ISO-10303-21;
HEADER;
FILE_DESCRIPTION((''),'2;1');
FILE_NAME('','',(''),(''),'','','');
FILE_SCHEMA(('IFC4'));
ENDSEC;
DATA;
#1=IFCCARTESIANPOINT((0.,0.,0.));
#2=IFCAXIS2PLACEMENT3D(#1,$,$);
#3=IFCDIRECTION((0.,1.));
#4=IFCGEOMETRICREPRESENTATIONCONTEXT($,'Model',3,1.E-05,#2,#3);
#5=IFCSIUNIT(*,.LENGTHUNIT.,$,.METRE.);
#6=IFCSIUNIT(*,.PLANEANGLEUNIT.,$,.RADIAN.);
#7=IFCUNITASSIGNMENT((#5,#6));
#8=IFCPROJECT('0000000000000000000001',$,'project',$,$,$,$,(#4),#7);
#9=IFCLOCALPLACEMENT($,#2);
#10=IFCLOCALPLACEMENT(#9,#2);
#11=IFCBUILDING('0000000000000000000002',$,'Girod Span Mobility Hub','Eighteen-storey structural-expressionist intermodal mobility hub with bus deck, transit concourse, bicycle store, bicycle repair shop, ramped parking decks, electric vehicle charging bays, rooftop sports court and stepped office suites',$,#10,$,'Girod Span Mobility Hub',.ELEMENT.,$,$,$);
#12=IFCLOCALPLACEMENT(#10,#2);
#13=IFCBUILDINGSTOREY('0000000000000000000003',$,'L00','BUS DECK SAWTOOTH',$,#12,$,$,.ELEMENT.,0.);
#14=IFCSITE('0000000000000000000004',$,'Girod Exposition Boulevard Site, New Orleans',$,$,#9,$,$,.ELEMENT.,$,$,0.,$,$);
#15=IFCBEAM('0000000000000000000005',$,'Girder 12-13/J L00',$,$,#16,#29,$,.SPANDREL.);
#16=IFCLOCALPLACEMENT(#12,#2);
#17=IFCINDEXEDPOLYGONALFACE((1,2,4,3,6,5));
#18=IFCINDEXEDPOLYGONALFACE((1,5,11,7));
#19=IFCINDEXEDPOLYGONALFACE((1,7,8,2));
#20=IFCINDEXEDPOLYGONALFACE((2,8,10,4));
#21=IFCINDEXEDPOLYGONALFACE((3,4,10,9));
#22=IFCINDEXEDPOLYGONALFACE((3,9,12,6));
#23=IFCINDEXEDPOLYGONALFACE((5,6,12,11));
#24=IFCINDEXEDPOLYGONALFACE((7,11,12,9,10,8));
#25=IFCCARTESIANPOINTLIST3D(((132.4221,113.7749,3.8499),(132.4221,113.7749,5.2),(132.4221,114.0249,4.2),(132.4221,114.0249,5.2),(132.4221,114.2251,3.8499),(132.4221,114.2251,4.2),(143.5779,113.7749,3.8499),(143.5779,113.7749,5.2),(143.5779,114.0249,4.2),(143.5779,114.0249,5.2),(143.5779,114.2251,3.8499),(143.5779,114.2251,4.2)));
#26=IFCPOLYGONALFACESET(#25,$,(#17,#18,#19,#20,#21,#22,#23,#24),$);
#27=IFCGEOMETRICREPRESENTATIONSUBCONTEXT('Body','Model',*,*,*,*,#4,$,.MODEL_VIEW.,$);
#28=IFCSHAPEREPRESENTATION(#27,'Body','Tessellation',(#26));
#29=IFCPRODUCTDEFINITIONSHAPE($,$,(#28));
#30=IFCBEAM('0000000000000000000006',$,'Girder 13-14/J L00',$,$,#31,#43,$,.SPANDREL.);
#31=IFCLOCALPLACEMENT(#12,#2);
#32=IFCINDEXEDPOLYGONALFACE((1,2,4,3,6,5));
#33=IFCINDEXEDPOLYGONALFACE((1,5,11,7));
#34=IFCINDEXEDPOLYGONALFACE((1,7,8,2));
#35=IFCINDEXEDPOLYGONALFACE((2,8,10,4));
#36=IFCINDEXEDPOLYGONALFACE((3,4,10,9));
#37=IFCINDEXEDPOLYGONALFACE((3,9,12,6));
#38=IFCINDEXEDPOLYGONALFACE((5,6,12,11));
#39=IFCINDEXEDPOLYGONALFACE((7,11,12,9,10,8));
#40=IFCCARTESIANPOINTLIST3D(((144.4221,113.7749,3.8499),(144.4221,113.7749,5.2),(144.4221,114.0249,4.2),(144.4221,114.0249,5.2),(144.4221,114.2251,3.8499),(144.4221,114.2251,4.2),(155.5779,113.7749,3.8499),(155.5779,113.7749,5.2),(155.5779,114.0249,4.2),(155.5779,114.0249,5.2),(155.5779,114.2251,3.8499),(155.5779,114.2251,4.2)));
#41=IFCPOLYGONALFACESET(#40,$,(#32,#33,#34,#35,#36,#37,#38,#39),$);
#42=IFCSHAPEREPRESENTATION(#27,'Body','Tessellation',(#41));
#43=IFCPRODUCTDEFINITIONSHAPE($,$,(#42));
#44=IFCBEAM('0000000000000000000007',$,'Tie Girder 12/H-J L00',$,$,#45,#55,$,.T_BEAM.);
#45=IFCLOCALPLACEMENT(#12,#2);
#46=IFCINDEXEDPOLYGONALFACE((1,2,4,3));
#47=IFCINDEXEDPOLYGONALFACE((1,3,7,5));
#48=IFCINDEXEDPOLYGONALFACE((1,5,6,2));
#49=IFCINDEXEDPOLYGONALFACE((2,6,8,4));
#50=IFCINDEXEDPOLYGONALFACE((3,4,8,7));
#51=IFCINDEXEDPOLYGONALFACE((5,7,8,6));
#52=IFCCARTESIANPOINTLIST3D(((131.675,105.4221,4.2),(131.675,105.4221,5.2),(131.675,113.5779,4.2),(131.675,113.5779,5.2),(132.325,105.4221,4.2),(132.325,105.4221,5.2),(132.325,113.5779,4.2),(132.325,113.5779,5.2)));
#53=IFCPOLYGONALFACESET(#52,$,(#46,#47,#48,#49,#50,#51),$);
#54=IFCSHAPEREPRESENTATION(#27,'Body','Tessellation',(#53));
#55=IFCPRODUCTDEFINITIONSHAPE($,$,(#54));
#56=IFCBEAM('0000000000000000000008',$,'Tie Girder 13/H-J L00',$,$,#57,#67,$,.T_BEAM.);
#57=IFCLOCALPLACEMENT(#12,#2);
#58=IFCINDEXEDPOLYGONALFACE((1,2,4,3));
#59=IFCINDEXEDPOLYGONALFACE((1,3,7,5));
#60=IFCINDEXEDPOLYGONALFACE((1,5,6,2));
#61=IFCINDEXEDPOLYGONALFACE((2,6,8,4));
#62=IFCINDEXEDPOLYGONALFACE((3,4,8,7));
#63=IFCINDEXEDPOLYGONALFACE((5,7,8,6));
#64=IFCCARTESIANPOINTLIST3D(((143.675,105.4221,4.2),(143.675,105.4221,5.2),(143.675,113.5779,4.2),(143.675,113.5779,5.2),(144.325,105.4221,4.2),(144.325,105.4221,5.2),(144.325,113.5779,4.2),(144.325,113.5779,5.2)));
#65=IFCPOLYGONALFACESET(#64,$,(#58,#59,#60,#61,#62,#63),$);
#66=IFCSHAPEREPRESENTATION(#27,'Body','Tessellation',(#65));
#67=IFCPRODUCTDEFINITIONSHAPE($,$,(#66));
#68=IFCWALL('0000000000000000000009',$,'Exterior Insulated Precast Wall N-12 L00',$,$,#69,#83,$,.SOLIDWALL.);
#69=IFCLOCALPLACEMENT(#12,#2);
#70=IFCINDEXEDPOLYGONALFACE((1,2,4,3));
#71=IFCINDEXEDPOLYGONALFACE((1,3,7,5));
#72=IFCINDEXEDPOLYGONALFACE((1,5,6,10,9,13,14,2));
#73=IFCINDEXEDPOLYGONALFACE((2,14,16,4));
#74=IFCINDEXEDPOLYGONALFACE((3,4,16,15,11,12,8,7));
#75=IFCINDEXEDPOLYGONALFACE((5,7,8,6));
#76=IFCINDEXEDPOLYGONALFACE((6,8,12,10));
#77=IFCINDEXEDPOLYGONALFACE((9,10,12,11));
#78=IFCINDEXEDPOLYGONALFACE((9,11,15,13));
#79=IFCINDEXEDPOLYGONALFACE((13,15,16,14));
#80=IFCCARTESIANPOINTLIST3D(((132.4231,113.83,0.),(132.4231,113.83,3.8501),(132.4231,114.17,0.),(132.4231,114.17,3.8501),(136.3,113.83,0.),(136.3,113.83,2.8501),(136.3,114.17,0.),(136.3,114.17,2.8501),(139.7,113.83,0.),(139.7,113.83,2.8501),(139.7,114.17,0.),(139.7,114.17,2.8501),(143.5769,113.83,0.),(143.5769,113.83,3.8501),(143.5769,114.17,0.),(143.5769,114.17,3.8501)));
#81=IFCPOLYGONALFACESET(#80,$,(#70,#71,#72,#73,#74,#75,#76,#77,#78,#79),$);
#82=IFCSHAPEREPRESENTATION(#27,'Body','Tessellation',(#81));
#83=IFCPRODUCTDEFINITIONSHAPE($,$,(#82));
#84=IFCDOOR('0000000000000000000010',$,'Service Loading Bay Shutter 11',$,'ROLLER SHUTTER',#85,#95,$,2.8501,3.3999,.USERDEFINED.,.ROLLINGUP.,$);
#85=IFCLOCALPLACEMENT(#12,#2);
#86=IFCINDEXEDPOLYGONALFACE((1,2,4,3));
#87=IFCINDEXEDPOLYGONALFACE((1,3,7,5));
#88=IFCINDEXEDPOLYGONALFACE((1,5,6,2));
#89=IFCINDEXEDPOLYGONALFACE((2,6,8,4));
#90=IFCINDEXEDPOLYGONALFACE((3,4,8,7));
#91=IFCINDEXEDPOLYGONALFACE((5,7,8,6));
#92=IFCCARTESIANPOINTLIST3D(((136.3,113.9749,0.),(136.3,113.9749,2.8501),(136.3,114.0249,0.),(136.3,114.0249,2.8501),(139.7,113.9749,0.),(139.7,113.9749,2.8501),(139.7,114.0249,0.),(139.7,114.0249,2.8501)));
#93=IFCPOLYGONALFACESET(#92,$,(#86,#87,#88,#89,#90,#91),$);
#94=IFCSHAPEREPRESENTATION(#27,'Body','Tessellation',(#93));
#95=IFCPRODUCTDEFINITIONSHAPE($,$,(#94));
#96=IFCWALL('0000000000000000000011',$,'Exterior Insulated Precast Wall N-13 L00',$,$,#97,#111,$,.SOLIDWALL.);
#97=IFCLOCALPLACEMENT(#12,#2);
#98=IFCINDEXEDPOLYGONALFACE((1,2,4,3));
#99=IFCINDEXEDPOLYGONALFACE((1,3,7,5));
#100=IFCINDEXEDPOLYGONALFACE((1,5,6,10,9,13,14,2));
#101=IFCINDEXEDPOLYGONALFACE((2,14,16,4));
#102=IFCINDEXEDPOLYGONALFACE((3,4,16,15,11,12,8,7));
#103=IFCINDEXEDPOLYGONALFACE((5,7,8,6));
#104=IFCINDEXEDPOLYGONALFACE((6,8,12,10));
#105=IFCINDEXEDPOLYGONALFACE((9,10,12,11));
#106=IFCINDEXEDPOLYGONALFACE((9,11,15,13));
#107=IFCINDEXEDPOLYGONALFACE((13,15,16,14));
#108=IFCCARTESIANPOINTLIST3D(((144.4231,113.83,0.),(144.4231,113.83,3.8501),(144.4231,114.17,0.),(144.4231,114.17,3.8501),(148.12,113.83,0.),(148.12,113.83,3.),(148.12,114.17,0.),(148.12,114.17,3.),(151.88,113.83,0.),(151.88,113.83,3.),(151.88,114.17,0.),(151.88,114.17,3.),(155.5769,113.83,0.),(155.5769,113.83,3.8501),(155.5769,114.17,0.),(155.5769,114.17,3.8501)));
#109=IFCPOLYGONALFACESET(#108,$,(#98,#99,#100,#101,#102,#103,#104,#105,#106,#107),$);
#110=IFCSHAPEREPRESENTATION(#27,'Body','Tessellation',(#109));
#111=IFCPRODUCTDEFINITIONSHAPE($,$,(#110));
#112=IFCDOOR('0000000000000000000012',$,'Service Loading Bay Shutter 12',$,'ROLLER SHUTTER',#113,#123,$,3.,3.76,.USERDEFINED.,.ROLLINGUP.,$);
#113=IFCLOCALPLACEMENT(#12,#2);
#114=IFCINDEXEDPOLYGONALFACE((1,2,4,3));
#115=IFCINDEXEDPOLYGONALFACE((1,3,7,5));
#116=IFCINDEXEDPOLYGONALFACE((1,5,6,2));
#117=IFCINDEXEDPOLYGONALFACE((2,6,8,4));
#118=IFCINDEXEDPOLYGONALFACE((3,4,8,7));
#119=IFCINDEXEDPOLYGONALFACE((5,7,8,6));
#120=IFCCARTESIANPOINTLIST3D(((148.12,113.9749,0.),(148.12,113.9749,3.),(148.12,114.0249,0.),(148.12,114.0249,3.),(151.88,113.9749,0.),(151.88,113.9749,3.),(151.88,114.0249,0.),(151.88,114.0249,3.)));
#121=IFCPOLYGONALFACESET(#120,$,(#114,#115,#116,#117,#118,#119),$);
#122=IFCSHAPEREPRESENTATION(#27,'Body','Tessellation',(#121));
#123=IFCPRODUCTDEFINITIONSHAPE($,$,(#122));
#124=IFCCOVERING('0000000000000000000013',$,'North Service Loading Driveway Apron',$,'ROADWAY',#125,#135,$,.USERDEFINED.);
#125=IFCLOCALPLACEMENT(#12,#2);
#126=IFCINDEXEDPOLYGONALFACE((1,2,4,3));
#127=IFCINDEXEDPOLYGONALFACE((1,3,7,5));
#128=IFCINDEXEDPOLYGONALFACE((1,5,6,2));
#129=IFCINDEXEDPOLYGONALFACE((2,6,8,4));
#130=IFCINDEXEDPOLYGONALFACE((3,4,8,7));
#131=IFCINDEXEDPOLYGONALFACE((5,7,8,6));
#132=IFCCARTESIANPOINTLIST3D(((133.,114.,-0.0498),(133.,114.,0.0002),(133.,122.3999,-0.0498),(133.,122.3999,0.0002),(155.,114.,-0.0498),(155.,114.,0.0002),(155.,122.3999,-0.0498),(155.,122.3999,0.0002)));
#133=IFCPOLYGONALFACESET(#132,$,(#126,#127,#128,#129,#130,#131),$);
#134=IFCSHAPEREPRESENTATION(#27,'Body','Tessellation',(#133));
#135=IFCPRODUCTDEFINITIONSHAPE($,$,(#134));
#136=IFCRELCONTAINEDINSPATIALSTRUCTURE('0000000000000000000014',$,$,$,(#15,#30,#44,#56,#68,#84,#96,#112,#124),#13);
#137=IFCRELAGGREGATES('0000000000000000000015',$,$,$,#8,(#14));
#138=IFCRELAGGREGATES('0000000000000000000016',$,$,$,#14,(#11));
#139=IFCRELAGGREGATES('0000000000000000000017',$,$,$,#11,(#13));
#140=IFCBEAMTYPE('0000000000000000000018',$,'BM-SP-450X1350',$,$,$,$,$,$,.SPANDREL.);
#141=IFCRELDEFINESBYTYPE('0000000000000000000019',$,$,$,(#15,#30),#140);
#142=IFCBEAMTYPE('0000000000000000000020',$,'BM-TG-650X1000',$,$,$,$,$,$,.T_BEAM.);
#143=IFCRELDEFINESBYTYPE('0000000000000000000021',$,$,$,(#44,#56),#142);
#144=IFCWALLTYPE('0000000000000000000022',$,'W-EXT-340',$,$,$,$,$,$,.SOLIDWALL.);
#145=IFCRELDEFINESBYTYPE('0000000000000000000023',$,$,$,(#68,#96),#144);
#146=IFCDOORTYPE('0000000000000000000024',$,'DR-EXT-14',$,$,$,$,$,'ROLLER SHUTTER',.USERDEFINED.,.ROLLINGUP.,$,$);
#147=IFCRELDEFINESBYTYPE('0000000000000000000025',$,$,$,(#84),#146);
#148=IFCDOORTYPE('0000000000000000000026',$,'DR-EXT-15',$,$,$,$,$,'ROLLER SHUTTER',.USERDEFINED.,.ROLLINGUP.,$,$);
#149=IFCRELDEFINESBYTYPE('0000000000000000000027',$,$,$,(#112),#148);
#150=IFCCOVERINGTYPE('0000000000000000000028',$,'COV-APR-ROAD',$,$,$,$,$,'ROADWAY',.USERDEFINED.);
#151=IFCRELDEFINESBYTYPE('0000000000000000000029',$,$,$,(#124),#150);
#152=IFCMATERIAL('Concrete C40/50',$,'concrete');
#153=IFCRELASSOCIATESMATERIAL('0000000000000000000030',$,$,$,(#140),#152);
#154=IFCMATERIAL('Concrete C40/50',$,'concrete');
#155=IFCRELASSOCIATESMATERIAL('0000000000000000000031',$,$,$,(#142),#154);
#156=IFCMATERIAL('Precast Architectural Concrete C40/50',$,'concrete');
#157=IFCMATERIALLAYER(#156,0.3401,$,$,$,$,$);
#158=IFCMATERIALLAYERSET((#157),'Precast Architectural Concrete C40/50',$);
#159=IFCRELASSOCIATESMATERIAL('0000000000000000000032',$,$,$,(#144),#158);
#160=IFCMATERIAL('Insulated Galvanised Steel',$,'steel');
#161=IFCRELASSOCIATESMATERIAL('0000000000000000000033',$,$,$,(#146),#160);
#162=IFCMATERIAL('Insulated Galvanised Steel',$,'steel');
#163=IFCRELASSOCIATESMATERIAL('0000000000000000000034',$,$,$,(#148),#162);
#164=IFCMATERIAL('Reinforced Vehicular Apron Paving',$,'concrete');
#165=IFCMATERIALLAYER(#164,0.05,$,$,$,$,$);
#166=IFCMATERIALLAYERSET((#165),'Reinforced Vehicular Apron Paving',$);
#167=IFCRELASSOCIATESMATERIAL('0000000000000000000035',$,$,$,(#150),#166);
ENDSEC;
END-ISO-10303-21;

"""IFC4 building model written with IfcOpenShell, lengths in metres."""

from ifc_helpers import new_model, si_unit, direction, frame, frame_2d, origin, origin_2d, place, context, subcontext, project, spatial, polyline, rectangle, outline, extrude, material, layer, layer_set, material_profile, profile_set, type_object, element, fill, save


model = new_model("IFC4")

# Units and contexts
model_context = context("Model", 3, precision=1e-05, world=origin(), true_north=direction((0.0, 1.0)))
body_context = subcontext(model_context, "Body", "Model", "MODEL_VIEW")
ifc_project = project(units=[si_unit("LENGTHUNIT", "METRE"), si_unit("PLANEANGLEUNIT", "RADIAN")], contexts=[model_context])

# Site, building, storey
site_placement = place(None, origin())
site = spatial("IfcSite", under=ifc_project, at=site_placement, Name="Girod Exposition Boulevard Site, New Orleans", CompositionType="ELEMENT", RefElevation=0.0)
building_placement = place(site_placement, origin())
building = spatial("IfcBuilding", under=site, at=building_placement, Name="Girod Span Mobility Hub", Description="Eighteen-storey structural-expressionist intermodal mobility hub with bus deck, transit concourse, bicycle store, bicycle repair shop, ramped parking decks, electric vehicle charging bays, rooftop sports court and stepped office suites", LongName="Girod Span Mobility Hub", CompositionType="ELEMENT")
storey_placement = place(building_placement, origin())
storey = spatial("IfcBuildingStorey", under=building, at=storey_placement, Name="L00", Description="BUS DECK SAWTOOTH", CompositionType="ELEMENT", Elevation=0.0)

# Beams
ifc_material_1 = material(Name="Concrete C40/50", Category="concrete")
ifc_material_profile_1 = material_profile(ifc_material_1, outline(polyline([(-0.2251, -0.675), (0.2251, -0.675), (0.2251, -0.325), (0.0249, -0.325), (0.0249, 0.675), (-0.2251, 0.675), (-0.2251, -0.675)])), Name="SP-450X1350")
ifc_profile_set_1 = profile_set([ifc_material_profile_1], Name="Concrete C40/50")
beam_type_1 = type_object("IfcBeamType", Name="BM-SP-450X1350", PredefinedType="SPANDREL", material=ifc_profile_set_1)
for number, where, z_axis, x_axis, name in (
    (1, (132.4221, 114.0, 4.5249), (1.0, 0.0, 0.0), (0.0, 1.0, 0.0), "Girder 12-13/J L00"),
    (2, (144.4221, 114.0, 4.5249), (1.0, 0.0, 0.0), (0.0, 1.0, 0.0), "Girder 13-14/J L00"),
):
    element("IfcBeam", number, at=place(storey_placement, frame(where, z_axis=z_axis, x_axis=x_axis)), inside=storey, type_object=beam_type_1, Name=name, PredefinedType="SPANDREL", context=body_context, shape_type="SweptSolid", body=[
        extrude(outline(polyline([(-0.2251, -0.675), (0.2251, -0.675), (0.2251, -0.325), (0.0249, -0.325), (0.0249, 0.675), (-0.2251, 0.675), (-0.2251, -0.675)])), origin(), (0.0, 0.0, 1.0), 11.1558),
    ])
ifc_material_2 = material(Name="Concrete C40/50", Category="concrete")
ifc_material_profile_2 = material_profile(ifc_material_2, rectangle(XDim=0.6499, YDim=1.0, at=origin_2d()), Name="TG-650X1000")
ifc_profile_set_2 = profile_set([ifc_material_profile_2], Name="Concrete C40/50")
beam_type_2 = type_object("IfcBeamType", Name="BM-TG-650X1000", PredefinedType="T_BEAM", material=ifc_profile_set_2)
for number, where, z_axis, x_axis, name in (
    (3, (132.0, 105.4221, 4.7), (0.0, 1.0, 0.0), (-1.0, 0.0, 0.0), "Tie Girder 12/H-J L00"),
    (4, (144.0, 105.4221, 4.7), (0.0, 1.0, 0.0), (-1.0, 0.0, 0.0), "Tie Girder 13/H-J L00"),
):
    element("IfcBeam", number, at=place(storey_placement, frame(where, z_axis=z_axis, x_axis=x_axis)), inside=storey, type_object=beam_type_2, Name=name, PredefinedType="T_BEAM", context=body_context, shape_type="SweptSolid", body=[
        extrude(rectangle(XDim=0.6499, YDim=1.0, at=origin_2d()), origin(), (0.0, 0.0, 1.0), 8.1558),
    ])

# Walls, openings, doors
ifc_material_3 = material(Name="Precast Architectural Concrete C40/50", Category="concrete")
ifc_layer_1 = layer(ifc_material_3, 0.3401)
ifc_layer_set_1 = layer_set([ifc_layer_1], Name="Precast Architectural Concrete C40/50")
wall_type = type_object("IfcWallType", Name="W-EXT-340", PredefinedType="SOLIDWALL", material=ifc_layer_set_1)
wall_1_placement = place(storey_placement, frame((132.4231, 114.0, 0.0), z_axis=(0.0, 0.0, 1.0), x_axis=(1.0, 0.0, 0.0)))
wall_1 = element("IfcWall", 5, at=wall_1_placement, inside=storey, type_object=wall_type, Name="Exterior Insulated Precast Wall N-12 L00", PredefinedType="SOLIDWALL", context=body_context, shape_type="SweptSolid", body=[
    extrude(rectangle(XDim=11.1538, YDim=0.3401, at=frame_2d((5.5769, 0.0))), origin(), (0.0, 0.0, 1.0), 3.8501),
])
opening_1_placement = place(wall_1_placement, frame((3.877, 0.0, 0.0)))
opening_1 = element("IfcOpeningElement", 6, at=opening_1_placement, cuts=wall_1, PredefinedType="OPENING", context=body_context, shape_type="SweptSolid", body=[
    extrude(rectangle(XDim=3.3999, YDim=2.8501, at=frame_2d((1.7, 1.425))), frame((0.0, 0.1851, 0.0), z_axis=(0.0, -1.0, 0.0), x_axis=(1.0, 0.0, 0.0)), (0.0, 0.0, 1.0), 0.3701),
])
ifc_material_4 = material(Name="Insulated Galvanised Steel", Category="steel")
door_type_1 = type_object("IfcDoorType", Name="DR-EXT-14", ElementType="ROLLER SHUTTER", OperationType="ROLLINGUP", PredefinedType="USERDEFINED", material=ifc_material_4)
door_1_placement = place(opening_1_placement, origin())
door_1 = element("IfcDoor", 7, at=door_1_placement, inside=storey, type_object=door_type_1, Name="Service Loading Bay Shutter 11", ObjectType="ROLLER SHUTTER", OperationType="ROLLINGUP", OverallHeight=2.8501, OverallWidth=3.3999, PredefinedType="USERDEFINED", context=body_context, shape_type="SweptSolid", body=[
    extrude(rectangle(XDim=3.3999, YDim=2.8501, at=frame_2d((1.7, 1.425))), frame((0.0, 0.0249, 0.0), z_axis=(0.0, -1.0, 0.0), x_axis=(1.0, 0.0, 0.0)), (0.0, 0.0, 1.0), 0.05),
])
fill(opening_1, door_1)
wall_2_placement = place(storey_placement, frame((144.4231, 114.0, 0.0), z_axis=(0.0, 0.0, 1.0), x_axis=(1.0, 0.0, 0.0)))
wall_2 = element("IfcWall", 8, at=wall_2_placement, inside=storey, type_object=wall_type, Name="Exterior Insulated Precast Wall N-13 L00", PredefinedType="SOLIDWALL", context=body_context, shape_type="SweptSolid", body=[
    extrude(rectangle(XDim=11.1538, YDim=0.3401, at=frame_2d((5.5769, 0.0))), origin(), (0.0, 0.0, 1.0), 3.8501),
])
opening_2_placement = place(wall_2_placement, frame((3.697, 0.0, 0.0)))
opening_2 = element("IfcOpeningElement", 9, at=opening_2_placement, cuts=wall_2, PredefinedType="OPENING", context=body_context, shape_type="SweptSolid", body=[
    extrude(rectangle(XDim=3.76, YDim=3.0, at=frame_2d((1.8799, 1.5))), frame((0.0, 0.1851, 0.0), z_axis=(0.0, -1.0, 0.0), x_axis=(1.0, 0.0, 0.0)), (0.0, 0.0, 1.0), 0.3701),
])
ifc_material_5 = material(Name="Insulated Galvanised Steel", Category="steel")
door_type_2 = type_object("IfcDoorType", Name="DR-EXT-15", ElementType="ROLLER SHUTTER", OperationType="ROLLINGUP", PredefinedType="USERDEFINED", material=ifc_material_5)
door_2_placement = place(opening_2_placement, origin())
door_2 = element("IfcDoor", 10, at=door_2_placement, inside=storey, type_object=door_type_2, Name="Service Loading Bay Shutter 12", ObjectType="ROLLER SHUTTER", OperationType="ROLLINGUP", OverallHeight=3.0, OverallWidth=3.76, PredefinedType="USERDEFINED", context=body_context, shape_type="SweptSolid", body=[
    extrude(rectangle(XDim=3.76, YDim=3.0, at=frame_2d((1.8799, 1.5))), frame((0.0, 0.0249, 0.0), z_axis=(0.0, -1.0, 0.0), x_axis=(1.0, 0.0, 0.0)), (0.0, 0.0, 1.0), 0.05),
])
fill(opening_2, door_2)

# Covering
ifc_material_6 = material(Name="Reinforced Vehicular Apron Paving", Category="concrete")
ifc_layer_2 = layer(ifc_material_6, 0.05)
ifc_layer_set_2 = layer_set([ifc_layer_2], Name="Reinforced Vehicular Apron Paving")
covering_type = type_object("IfcCoveringType", Name="COV-APR-ROAD", ElementType="ROADWAY", PredefinedType="USERDEFINED", material=ifc_layer_set_2)
covering_placement = place(storey_placement, frame((144.0, 118.2, -0.0498), z_axis=(0.0, 0.0, 1.0), x_axis=(1.0, 0.0, 0.0)))
element("IfcCovering", 11, at=covering_placement, inside=storey, type_object=covering_type, Name="North Service Loading Driveway Apron", ObjectType="ROADWAY", PredefinedType="USERDEFINED", context=body_context, shape_type="SweptSolid", body=[
    extrude(rectangle(XDim=22.0, YDim=8.3999, at=origin_2d()), origin(), (0.0, 0.0, 1.0), 0.05),
])

save(model, "model.ifc")
